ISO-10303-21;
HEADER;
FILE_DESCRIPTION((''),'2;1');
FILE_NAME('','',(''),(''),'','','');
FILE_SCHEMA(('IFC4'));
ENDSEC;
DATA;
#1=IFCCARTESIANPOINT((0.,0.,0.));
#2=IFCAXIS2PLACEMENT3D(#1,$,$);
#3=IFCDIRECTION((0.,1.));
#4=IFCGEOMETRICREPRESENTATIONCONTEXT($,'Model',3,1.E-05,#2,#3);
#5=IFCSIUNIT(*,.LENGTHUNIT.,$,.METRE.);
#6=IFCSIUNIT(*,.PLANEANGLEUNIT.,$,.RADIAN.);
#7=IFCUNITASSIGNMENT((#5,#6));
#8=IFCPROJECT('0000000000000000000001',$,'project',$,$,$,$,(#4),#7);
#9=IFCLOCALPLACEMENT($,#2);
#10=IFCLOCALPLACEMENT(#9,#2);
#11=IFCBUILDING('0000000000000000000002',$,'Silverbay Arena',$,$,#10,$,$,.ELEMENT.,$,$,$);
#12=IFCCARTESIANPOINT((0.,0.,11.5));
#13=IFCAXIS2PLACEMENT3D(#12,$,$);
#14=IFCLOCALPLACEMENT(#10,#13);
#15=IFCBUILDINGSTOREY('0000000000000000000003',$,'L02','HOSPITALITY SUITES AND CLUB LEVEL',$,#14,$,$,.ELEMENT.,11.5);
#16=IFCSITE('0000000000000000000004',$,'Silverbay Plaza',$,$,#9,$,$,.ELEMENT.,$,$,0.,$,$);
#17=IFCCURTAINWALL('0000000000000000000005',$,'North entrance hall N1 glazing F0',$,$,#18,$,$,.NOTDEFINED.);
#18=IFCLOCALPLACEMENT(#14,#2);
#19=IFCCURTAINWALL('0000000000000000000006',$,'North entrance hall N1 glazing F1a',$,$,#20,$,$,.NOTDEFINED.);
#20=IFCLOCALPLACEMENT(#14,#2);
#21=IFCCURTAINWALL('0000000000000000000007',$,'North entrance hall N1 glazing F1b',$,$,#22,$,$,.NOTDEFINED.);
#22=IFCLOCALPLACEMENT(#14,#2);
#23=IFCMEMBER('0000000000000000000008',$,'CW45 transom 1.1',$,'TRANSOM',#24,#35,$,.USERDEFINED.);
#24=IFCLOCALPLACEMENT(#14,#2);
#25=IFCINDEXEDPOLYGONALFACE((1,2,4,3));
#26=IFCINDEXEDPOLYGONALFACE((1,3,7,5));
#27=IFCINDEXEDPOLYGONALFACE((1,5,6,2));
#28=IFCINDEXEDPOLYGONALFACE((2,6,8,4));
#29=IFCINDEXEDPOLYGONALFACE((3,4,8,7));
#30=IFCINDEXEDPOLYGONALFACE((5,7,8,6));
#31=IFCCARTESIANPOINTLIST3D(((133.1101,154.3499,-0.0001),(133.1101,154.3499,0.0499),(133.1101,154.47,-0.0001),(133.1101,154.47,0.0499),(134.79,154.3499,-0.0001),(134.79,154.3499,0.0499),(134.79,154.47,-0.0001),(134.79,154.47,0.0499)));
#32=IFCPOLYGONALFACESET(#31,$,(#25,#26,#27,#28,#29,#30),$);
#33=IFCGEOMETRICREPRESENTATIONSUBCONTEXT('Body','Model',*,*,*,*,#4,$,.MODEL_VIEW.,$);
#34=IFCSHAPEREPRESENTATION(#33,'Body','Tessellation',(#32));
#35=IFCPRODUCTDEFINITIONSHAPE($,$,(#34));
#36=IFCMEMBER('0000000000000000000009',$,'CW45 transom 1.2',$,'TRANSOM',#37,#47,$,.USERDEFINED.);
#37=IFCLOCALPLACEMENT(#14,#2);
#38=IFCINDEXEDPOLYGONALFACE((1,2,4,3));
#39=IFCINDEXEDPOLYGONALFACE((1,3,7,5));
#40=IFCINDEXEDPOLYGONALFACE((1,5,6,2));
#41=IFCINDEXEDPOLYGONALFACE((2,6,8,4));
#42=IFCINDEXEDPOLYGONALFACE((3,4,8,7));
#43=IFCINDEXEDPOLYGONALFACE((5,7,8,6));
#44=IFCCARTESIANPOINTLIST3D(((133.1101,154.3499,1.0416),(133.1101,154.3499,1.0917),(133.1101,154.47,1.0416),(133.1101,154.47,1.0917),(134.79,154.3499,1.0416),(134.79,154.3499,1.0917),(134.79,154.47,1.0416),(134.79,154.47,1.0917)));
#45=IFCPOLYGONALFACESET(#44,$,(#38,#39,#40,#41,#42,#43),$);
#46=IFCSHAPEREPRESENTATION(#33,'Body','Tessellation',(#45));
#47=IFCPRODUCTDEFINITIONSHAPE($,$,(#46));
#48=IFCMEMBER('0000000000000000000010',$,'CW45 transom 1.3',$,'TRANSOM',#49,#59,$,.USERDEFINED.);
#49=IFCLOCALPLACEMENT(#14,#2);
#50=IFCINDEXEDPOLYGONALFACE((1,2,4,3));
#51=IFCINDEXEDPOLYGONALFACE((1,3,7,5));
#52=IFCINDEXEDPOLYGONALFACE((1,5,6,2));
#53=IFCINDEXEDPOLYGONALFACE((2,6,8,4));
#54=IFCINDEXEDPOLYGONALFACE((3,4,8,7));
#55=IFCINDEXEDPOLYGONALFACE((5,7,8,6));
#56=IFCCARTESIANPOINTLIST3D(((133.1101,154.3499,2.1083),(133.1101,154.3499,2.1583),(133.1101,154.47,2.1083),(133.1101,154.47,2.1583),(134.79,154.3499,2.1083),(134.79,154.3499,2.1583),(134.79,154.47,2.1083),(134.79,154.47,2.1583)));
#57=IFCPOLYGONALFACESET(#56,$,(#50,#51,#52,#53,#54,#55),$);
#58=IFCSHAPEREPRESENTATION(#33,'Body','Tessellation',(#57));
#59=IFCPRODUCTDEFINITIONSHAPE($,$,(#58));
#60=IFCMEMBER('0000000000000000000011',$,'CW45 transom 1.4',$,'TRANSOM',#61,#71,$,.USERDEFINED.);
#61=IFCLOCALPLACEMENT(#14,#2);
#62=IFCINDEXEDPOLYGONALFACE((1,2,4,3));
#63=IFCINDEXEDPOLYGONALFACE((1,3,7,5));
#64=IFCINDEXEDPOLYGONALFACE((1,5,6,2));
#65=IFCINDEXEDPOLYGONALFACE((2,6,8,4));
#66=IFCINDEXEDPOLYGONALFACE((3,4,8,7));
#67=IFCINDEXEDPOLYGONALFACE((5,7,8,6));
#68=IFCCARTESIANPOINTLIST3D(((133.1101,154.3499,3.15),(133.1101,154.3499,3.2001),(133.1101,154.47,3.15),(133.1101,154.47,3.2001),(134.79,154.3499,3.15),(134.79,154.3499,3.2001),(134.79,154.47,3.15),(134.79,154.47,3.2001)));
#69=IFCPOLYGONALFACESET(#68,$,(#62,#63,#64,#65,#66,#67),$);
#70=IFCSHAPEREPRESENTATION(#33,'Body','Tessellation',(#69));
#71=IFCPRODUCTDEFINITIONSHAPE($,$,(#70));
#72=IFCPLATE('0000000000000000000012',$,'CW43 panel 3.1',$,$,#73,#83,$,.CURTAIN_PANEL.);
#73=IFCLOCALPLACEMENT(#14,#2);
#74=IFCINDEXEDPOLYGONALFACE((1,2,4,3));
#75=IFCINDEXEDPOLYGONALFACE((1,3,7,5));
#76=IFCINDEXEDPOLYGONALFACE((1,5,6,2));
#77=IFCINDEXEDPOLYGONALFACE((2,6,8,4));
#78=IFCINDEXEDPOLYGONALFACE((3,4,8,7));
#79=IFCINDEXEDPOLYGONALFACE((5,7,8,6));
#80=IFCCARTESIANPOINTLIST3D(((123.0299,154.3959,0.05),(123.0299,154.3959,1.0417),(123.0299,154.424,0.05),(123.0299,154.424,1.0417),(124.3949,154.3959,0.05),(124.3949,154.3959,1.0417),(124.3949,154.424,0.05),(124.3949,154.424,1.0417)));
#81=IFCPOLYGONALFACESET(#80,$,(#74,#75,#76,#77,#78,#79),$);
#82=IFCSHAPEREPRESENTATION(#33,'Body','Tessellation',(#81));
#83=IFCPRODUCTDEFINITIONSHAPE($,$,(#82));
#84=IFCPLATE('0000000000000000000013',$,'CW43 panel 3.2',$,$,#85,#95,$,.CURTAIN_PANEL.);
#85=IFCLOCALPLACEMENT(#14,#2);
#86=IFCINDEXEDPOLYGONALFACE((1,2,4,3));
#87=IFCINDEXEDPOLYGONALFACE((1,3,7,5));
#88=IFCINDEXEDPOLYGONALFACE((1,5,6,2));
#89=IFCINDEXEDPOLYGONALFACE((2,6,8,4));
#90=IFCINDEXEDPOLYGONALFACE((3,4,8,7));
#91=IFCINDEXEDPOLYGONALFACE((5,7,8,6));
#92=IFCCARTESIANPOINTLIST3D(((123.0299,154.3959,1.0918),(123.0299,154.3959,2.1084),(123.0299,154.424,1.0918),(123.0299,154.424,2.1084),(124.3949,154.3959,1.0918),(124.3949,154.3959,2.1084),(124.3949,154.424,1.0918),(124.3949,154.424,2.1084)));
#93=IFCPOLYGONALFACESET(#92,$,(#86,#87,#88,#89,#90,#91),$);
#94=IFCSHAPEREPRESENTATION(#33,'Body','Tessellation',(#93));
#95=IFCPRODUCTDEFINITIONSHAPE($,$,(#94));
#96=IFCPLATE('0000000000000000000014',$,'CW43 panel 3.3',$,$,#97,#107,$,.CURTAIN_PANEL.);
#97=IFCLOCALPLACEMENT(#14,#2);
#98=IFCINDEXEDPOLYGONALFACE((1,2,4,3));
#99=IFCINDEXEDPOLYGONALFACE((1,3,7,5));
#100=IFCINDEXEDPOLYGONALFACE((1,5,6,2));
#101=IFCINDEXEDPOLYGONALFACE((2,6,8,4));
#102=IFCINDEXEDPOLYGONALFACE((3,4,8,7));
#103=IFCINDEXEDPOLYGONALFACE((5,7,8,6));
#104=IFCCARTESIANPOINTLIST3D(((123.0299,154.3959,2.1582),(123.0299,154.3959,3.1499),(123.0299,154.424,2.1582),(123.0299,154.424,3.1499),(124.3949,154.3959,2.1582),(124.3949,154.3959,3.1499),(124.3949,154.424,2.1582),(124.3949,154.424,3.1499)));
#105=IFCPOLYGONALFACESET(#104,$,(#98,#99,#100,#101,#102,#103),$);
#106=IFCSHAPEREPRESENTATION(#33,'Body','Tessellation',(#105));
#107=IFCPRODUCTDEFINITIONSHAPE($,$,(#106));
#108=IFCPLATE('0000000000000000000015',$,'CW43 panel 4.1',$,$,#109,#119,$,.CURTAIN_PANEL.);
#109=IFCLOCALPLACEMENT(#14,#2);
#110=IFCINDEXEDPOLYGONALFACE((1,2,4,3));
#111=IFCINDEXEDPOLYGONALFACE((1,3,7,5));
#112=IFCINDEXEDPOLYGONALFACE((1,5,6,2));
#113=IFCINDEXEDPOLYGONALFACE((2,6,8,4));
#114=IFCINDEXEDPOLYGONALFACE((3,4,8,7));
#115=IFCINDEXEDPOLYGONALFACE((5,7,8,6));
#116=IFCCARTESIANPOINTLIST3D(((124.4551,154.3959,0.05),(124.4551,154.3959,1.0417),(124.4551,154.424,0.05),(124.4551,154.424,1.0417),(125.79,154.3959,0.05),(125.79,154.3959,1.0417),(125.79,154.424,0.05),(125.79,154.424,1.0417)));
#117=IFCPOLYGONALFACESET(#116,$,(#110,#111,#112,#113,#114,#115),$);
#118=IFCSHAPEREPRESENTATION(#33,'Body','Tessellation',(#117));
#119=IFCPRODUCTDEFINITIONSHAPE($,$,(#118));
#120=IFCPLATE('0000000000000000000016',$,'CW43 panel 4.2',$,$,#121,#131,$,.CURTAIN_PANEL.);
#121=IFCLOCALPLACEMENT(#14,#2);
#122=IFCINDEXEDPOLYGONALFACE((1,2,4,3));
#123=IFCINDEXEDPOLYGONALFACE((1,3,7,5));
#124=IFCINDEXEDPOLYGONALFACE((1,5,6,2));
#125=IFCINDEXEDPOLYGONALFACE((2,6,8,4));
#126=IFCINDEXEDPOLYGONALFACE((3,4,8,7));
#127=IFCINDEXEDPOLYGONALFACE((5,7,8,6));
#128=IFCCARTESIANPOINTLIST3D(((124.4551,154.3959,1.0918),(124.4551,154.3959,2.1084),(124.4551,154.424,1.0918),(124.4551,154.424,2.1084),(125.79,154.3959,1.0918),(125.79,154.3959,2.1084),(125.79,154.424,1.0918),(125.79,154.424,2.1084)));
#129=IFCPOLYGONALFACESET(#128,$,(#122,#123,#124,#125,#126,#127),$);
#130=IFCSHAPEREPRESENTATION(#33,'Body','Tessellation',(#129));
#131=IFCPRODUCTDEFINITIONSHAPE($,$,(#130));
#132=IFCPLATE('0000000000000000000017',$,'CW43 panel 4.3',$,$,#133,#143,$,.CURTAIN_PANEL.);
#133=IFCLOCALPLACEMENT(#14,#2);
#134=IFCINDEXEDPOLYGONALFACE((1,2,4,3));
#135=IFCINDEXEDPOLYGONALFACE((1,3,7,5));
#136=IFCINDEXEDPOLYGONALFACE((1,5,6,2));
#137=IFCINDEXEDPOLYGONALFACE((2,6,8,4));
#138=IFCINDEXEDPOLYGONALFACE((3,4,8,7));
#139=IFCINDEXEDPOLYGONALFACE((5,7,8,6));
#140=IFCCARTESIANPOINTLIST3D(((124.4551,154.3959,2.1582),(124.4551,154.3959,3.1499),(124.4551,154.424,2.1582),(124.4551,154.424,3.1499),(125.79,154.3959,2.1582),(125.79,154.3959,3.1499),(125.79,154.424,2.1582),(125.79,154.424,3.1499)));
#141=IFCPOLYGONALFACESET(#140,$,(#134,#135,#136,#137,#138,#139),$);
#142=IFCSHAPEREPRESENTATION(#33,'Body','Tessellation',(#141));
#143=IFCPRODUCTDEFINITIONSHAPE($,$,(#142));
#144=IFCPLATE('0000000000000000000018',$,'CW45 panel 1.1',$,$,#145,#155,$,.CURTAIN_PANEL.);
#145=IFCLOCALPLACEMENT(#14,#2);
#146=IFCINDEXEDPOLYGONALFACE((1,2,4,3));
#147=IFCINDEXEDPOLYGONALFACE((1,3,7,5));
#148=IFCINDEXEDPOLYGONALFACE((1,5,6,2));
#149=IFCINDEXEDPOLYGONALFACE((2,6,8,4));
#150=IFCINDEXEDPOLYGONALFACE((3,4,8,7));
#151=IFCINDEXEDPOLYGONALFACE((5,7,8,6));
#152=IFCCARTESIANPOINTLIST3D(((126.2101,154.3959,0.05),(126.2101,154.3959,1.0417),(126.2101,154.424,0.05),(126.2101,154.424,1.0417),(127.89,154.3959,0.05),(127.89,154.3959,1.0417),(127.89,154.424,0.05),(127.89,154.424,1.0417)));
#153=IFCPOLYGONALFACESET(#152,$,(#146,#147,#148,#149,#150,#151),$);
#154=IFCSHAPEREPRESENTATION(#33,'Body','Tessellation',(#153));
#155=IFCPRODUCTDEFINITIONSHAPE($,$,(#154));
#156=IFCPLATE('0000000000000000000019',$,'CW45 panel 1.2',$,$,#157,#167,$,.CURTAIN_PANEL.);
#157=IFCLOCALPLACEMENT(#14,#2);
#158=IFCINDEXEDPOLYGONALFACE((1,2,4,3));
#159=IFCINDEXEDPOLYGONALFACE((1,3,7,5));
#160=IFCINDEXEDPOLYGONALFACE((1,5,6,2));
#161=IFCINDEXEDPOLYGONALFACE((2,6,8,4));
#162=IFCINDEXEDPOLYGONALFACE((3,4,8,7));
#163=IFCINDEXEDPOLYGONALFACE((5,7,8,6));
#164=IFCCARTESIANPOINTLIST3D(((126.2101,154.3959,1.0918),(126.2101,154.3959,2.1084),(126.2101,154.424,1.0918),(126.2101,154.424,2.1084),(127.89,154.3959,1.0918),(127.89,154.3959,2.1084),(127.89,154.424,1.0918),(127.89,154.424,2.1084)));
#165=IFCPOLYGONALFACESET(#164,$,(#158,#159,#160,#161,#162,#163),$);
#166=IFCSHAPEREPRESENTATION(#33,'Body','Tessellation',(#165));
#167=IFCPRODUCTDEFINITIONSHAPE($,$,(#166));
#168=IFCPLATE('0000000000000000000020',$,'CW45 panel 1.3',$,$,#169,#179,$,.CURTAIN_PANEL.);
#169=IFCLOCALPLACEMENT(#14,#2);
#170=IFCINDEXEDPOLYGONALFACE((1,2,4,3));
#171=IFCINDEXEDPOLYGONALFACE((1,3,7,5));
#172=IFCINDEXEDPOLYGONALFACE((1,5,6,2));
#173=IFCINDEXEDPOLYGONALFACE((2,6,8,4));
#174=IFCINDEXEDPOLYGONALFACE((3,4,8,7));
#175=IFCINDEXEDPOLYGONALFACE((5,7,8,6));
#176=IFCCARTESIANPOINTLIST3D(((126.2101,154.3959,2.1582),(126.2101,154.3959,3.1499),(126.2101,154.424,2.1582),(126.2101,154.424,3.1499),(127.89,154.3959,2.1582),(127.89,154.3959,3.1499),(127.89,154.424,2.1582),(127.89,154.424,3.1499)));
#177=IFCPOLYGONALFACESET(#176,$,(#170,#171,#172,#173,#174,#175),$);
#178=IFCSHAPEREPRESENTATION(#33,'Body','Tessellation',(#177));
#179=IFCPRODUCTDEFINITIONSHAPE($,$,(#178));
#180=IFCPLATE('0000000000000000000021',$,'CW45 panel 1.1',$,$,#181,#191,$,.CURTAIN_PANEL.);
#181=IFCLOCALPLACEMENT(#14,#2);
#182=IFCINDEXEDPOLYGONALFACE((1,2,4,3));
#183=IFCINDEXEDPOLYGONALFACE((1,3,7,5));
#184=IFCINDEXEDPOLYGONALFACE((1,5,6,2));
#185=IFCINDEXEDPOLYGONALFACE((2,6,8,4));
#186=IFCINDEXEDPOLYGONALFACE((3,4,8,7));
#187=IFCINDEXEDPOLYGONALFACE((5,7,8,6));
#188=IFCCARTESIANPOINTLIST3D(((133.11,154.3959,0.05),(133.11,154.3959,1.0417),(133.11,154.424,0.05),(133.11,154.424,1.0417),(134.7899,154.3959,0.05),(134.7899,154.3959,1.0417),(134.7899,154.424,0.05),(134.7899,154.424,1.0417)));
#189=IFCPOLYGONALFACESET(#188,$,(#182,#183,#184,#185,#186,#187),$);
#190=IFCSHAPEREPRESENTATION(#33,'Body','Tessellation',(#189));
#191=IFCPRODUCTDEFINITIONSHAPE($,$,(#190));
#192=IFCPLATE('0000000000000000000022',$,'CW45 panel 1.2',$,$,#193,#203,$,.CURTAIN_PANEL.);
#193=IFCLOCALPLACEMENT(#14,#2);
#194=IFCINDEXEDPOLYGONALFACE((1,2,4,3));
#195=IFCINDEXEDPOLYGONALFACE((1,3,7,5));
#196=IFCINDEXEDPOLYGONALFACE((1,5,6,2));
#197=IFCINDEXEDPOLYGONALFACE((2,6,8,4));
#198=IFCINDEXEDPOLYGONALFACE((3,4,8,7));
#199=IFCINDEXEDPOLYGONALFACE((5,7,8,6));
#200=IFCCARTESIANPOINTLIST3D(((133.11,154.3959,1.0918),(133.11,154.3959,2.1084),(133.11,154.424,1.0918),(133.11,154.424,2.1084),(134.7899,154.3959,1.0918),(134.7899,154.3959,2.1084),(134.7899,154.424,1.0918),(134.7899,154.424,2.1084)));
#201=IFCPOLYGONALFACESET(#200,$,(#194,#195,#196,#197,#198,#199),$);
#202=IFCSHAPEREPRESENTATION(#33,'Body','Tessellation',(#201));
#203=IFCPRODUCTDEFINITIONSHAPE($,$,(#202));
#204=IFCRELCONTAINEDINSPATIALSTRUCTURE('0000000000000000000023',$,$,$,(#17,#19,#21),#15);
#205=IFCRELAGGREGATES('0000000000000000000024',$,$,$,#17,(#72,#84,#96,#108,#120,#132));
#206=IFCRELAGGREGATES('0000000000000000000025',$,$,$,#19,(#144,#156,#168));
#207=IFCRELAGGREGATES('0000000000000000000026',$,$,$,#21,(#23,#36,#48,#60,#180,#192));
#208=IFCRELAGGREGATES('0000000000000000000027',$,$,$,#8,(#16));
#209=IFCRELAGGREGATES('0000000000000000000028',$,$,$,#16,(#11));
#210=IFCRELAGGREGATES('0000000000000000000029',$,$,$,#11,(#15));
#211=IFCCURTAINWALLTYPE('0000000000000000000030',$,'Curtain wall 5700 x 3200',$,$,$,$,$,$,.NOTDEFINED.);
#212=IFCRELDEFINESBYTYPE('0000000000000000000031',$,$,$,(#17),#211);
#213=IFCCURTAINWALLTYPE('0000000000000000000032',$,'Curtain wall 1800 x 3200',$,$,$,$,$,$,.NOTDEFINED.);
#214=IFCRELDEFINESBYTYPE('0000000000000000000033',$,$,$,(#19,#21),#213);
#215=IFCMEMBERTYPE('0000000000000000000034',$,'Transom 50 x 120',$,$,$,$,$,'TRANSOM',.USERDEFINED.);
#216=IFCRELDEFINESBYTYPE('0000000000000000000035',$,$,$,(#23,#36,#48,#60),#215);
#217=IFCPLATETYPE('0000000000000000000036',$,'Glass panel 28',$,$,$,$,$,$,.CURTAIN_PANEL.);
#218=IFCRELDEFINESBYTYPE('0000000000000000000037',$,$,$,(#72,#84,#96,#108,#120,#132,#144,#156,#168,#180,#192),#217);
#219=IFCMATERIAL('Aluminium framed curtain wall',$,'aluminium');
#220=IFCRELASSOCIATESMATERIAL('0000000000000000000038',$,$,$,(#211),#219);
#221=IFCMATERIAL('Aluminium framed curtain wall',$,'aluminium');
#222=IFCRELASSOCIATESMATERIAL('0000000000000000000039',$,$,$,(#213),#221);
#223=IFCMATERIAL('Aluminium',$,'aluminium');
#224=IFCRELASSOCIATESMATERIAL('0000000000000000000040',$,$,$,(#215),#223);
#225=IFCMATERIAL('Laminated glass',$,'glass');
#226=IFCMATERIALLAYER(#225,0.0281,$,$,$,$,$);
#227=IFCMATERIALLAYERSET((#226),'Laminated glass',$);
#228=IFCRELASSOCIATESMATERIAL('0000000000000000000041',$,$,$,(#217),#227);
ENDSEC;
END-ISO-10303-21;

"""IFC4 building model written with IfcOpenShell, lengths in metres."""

from ifc_helpers import new_model, si_unit, direction, frame, origin, origin_2d, place, context, subcontext, project, spatial, rectangle, extrude, material, layer, layer_set, material_profile, profile_set, type_object, element, aggregate, save


model = new_model("IFC4")

# Units and contexts
model_context = context("Model", 3, precision=1e-05, world=origin(), true_north=direction((0.0, 1.0)))
body_context = subcontext(model_context, "Body", "Model", "MODEL_VIEW")
ifc_project = project(units=[si_unit("LENGTHUNIT", "METRE"), si_unit("PLANEANGLEUNIT", "RADIAN")], contexts=[model_context])

# Site, building, storey
site_placement = place(None, origin())
site = spatial("IfcSite", under=ifc_project, at=site_placement, Name="Silverbay Plaza", CompositionType="ELEMENT", RefElevation=0.0)
building_placement = place(site_placement, origin())
building = spatial("IfcBuilding", under=site, at=building_placement, Name="Silverbay Arena", CompositionType="ELEMENT")
storey_placement = place(building_placement, frame((0.0, 0.0, 11.5)))
storey = spatial("IfcBuildingStorey", under=building, at=storey_placement, Name="L02", Description="HOSPITALITY SUITES AND CLUB LEVEL", CompositionType="ELEMENT", Elevation=11.5)

# Curtain walls
ifc_material_1 = material(Name="Aluminium framed curtain wall", Category="aluminium")
curtain_wall_type_1 = type_object("IfcCurtainWallType", Name="Curtain wall 5700 x 3200", PredefinedType="NOTDEFINED", material=ifc_material_1)
curtain_wall_1_placement = place(storey_placement, origin())
curtain_wall_1 = element("IfcCurtainWall", 1, at=curtain_wall_1_placement, inside=storey, type_object=curtain_wall_type_1, Name="North entrance hall N1 glazing F0", PredefinedType="NOTDEFINED")
ifc_material_2 = material(Name="Aluminium framed curtain wall", Category="aluminium")
curtain_wall_type_2 = type_object("IfcCurtainWallType", Name="Curtain wall 1800 x 3200", PredefinedType="NOTDEFINED", material=ifc_material_2)
curtain_wall_2_placement = place(storey_placement, origin())
curtain_wall_2 = element("IfcCurtainWall", 2, at=curtain_wall_2_placement, inside=storey, type_object=curtain_wall_type_2, Name="North entrance hall N1 glazing F1a", PredefinedType="NOTDEFINED")
curtain_wall_3_placement = place(storey_placement, origin())
curtain_wall_3 = element("IfcCurtainWall", 3, at=curtain_wall_3_placement, inside=storey, type_object=curtain_wall_type_2, Name="North entrance hall N1 glazing F1b", PredefinedType="NOTDEFINED")

# Members
ifc_material_3 = material(Name="Aluminium", Category="aluminium")
ifc_material_profile_1 = material_profile(ifc_material_3, rectangle(XDim=0.1201, YDim=0.05, at=origin_2d()), Name="Transom 50 x 120")
ifc_profile_set_1 = profile_set([ifc_material_profile_1], Name="Aluminium")
member_type_1 = type_object("IfcMemberType", Name="Transom 50 x 120", ElementType="TRANSOM", PredefinedType="USERDEFINED", material=ifc_profile_set_1)
member_1_placement = place(storey_placement, frame((133.1101, 154.4099, 0.0249), z_axis=(1.0, 0.0, 0.0), x_axis=(0.0, 1.0, 0.0)))
member_1 = element("IfcMember", 4, at=member_1_placement, type_object=member_type_1, Name="CW45 transom 1.1", ObjectType="TRANSOM", PredefinedType="USERDEFINED", context=body_context, shape_type="SweptSolid", body=[
    extrude(rectangle(XDim=0.1201, YDim=0.05, at=origin_2d()), origin(), (0.0, 0.0, 1.0), 1.6799),
])
member_2_placement = place(storey_placement, frame((133.1101, 154.4099, 1.0667), z_axis=(1.0, 0.0, 0.0), x_axis=(0.0, 1.0, 0.0)))
member_2 = element("IfcMember", 5, at=member_2_placement, type_object=member_type_1, Name="CW45 transom 1.2", ObjectType="TRANSOM", PredefinedType="USERDEFINED", context=body_context, shape_type="SweptSolid", body=[
    extrude(rectangle(XDim=0.1201, YDim=0.05, at=origin_2d()), origin(), (0.0, 0.0, 1.0), 1.6799),
])
member_3_placement = place(storey_placement, frame((133.1101, 154.4099, 2.1333), z_axis=(1.0, 0.0, 0.0), x_axis=(0.0, 1.0, 0.0)))
member_3 = element("IfcMember", 6, at=member_3_placement, type_object=member_type_1, Name="CW45 transom 1.3", ObjectType="TRANSOM", PredefinedType="USERDEFINED", context=body_context, shape_type="SweptSolid", body=[
    extrude(rectangle(XDim=0.1201, YDim=0.05, at=origin_2d()), origin(), (0.0, 0.0, 1.0), 1.6799),
])
member_4_placement = place(storey_placement, frame((133.1101, 154.4099, 3.175), z_axis=(1.0, 0.0, 0.0), x_axis=(0.0, 1.0, 0.0)))
member_4 = element("IfcMember", 7, at=member_4_placement, type_object=member_type_1, Name="CW45 transom 1.4", ObjectType="TRANSOM", PredefinedType="USERDEFINED", context=body_context, shape_type="SweptSolid", body=[
    extrude(rectangle(XDim=0.1201, YDim=0.05, at=origin_2d()), origin(), (0.0, 0.0, 1.0), 1.6799),
])

# Plates
ifc_material_4 = material(Name="Laminated glass", Category="glass")
ifc_layer = layer(ifc_material_4, 0.0281)
ifc_layer_set = layer_set([ifc_layer], Name="Laminated glass")
plate_type = type_object("IfcPlateType", Name="Glass panel 28", PredefinedType="CURTAIN_PANEL", material=ifc_layer_set)
plate_1_placement = place(storey_placement, frame((123.7124, 154.4099, 0.05), z_axis=(0.0, 0.0, 1.0), x_axis=(1.0, 0.0, 0.0)))
plate_1 = element("IfcPlate", 8, at=plate_1_placement, type_object=plate_type, Name="CW43 panel 3.1", PredefinedType="CURTAIN_PANEL", context=body_context, shape_type="SweptSolid", body=[
    extrude(rectangle(XDim=1.365, YDim=0.0281, at=origin_2d()), origin(), (0.0, 0.0, 1.0), 0.9917),
])
plate_2_placement = place(storey_placement, frame((123.7124, 154.4099, 1.0918), z_axis=(0.0, 0.0, 1.0), x_axis=(1.0, 0.0, 0.0)))
plate_2 = element("IfcPlate", 9, at=plate_2_placement, type_object=plate_type, Name="CW43 panel 3.2", PredefinedType="CURTAIN_PANEL", context=body_context, shape_type="SweptSolid", body=[
    extrude(rectangle(XDim=1.365, YDim=0.0281, at=origin_2d()), origin(), (0.0, 0.0, 1.0), 1.0166),
])
plate_3_placement = place(storey_placement, frame((123.7124, 154.4099, 2.1582), z_axis=(0.0, 0.0, 1.0), x_axis=(1.0, 0.0, 0.0)))
plate_3 = element("IfcPlate", 10, at=plate_3_placement, type_object=plate_type, Name="CW43 panel 3.3", PredefinedType="CURTAIN_PANEL", context=body_context, shape_type="SweptSolid", body=[
    extrude(rectangle(XDim=1.365, YDim=0.0281, at=origin_2d()), origin(), (0.0, 0.0, 1.0), 0.9917),
])
plate_4_placement = place(storey_placement, frame((125.1226, 154.4099, 0.05), z_axis=(0.0, 0.0, 1.0), x_axis=(1.0, 0.0, 0.0)))
plate_4 = element("IfcPlate", 11, at=plate_4_placement, type_object=plate_type, Name="CW43 panel 4.1", PredefinedType="CURTAIN_PANEL", context=body_context, shape_type="SweptSolid", body=[
    extrude(rectangle(XDim=1.335, YDim=0.0281, at=origin_2d()), origin(), (0.0, 0.0, 1.0), 0.9917),
])
plate_5_placement = place(storey_placement, frame((125.1226, 154.4099, 1.0918), z_axis=(0.0, 0.0, 1.0), x_axis=(1.0, 0.0, 0.0)))
plate_5 = element("IfcPlate", 12, at=plate_5_placement, type_object=plate_type, Name="CW43 panel 4.2", PredefinedType="CURTAIN_PANEL", context=body_context, shape_type="SweptSolid", body=[
    extrude(rectangle(XDim=1.335, YDim=0.0281, at=origin_2d()), origin(), (0.0, 0.0, 1.0), 1.0166),
])
plate_6_placement = place(storey_placement, frame((125.1226, 154.4099, 2.1582), z_axis=(0.0, 0.0, 1.0), x_axis=(1.0, 0.0, 0.0)))
plate_6 = element("IfcPlate", 13, at=plate_6_placement, type_object=plate_type, Name="CW43 panel 4.3", PredefinedType="CURTAIN_PANEL", context=body_context, shape_type="SweptSolid", body=[
    extrude(rectangle(XDim=1.335, YDim=0.0281, at=origin_2d()), origin(), (0.0, 0.0, 1.0), 0.9917),
])
aggregate(curtain_wall_1, [plate_1, plate_2, plate_3, plate_4, plate_5, plate_6])
plate_7_placement = place(storey_placement, frame((127.05, 154.4099, 0.05), z_axis=(0.0, 0.0, 1.0), x_axis=(1.0, 0.0, 0.0)))
plate_7 = element("IfcPlate", 14, at=plate_7_placement, type_object=plate_type, Name="CW45 panel 1.1", PredefinedType="CURTAIN_PANEL", context=body_context, shape_type="SweptSolid", body=[
    extrude(rectangle(XDim=1.6799, YDim=0.0281, at=origin_2d()), origin(), (0.0, 0.0, 1.0), 0.9917),
])
plate_8_placement = place(storey_placement, frame((127.05, 154.4099, 1.0918), z_axis=(0.0, 0.0, 1.0), x_axis=(1.0, 0.0, 0.0)))
plate_8 = element("IfcPlate", 15, at=plate_8_placement, type_object=plate_type, Name="CW45 panel 1.2", PredefinedType="CURTAIN_PANEL", context=body_context, shape_type="SweptSolid", body=[
    extrude(rectangle(XDim=1.6799, YDim=0.0281, at=origin_2d()), origin(), (0.0, 0.0, 1.0), 1.0166),
])
plate_9_placement = place(storey_placement, frame((127.05, 154.4099, 2.1582), z_axis=(0.0, 0.0, 1.0), x_axis=(1.0, 0.0, 0.0)))
plate_9 = element("IfcPlate", 16, at=plate_9_placement, type_object=plate_type, Name="CW45 panel 1.3", PredefinedType="CURTAIN_PANEL", context=body_context, shape_type="SweptSolid", body=[
    extrude(rectangle(XDim=1.6799, YDim=0.0281, at=origin_2d()), origin(), (0.0, 0.0, 1.0), 0.9917),
])
aggregate(curtain_wall_2, [plate_7, plate_8, plate_9])
plate_10_placement = place(storey_placement, frame((133.95, 154.4099, 0.05), z_axis=(0.0, 0.0, 1.0), x_axis=(1.0, 0.0, 0.0)))
plate_10 = element("IfcPlate", 17, at=plate_10_placement, type_object=plate_type, Name="CW45 panel 1.1", PredefinedType="CURTAIN_PANEL", context=body_context, shape_type="SweptSolid", body=[
    extrude(rectangle(XDim=1.6799, YDim=0.0281, at=origin_2d()), origin(), (0.0, 0.0, 1.0), 0.9917),
])
plate_11_placement = place(storey_placement, frame((133.95, 154.4099, 1.0918), z_axis=(0.0, 0.0, 1.0), x_axis=(1.0, 0.0, 0.0)))
plate_11 = element("IfcPlate", 18, at=plate_11_placement, type_object=plate_type, Name="CW45 panel 1.2", PredefinedType="CURTAIN_PANEL", context=body_context, shape_type="SweptSolid", body=[
    extrude(rectangle(XDim=1.6799, YDim=0.0281, at=origin_2d()), origin(), (0.0, 0.0, 1.0), 1.0166),
])
aggregate(curtain_wall_3, [member_1, member_2, member_3, member_4, plate_10, plate_11])

save(model, "model.ifc")
